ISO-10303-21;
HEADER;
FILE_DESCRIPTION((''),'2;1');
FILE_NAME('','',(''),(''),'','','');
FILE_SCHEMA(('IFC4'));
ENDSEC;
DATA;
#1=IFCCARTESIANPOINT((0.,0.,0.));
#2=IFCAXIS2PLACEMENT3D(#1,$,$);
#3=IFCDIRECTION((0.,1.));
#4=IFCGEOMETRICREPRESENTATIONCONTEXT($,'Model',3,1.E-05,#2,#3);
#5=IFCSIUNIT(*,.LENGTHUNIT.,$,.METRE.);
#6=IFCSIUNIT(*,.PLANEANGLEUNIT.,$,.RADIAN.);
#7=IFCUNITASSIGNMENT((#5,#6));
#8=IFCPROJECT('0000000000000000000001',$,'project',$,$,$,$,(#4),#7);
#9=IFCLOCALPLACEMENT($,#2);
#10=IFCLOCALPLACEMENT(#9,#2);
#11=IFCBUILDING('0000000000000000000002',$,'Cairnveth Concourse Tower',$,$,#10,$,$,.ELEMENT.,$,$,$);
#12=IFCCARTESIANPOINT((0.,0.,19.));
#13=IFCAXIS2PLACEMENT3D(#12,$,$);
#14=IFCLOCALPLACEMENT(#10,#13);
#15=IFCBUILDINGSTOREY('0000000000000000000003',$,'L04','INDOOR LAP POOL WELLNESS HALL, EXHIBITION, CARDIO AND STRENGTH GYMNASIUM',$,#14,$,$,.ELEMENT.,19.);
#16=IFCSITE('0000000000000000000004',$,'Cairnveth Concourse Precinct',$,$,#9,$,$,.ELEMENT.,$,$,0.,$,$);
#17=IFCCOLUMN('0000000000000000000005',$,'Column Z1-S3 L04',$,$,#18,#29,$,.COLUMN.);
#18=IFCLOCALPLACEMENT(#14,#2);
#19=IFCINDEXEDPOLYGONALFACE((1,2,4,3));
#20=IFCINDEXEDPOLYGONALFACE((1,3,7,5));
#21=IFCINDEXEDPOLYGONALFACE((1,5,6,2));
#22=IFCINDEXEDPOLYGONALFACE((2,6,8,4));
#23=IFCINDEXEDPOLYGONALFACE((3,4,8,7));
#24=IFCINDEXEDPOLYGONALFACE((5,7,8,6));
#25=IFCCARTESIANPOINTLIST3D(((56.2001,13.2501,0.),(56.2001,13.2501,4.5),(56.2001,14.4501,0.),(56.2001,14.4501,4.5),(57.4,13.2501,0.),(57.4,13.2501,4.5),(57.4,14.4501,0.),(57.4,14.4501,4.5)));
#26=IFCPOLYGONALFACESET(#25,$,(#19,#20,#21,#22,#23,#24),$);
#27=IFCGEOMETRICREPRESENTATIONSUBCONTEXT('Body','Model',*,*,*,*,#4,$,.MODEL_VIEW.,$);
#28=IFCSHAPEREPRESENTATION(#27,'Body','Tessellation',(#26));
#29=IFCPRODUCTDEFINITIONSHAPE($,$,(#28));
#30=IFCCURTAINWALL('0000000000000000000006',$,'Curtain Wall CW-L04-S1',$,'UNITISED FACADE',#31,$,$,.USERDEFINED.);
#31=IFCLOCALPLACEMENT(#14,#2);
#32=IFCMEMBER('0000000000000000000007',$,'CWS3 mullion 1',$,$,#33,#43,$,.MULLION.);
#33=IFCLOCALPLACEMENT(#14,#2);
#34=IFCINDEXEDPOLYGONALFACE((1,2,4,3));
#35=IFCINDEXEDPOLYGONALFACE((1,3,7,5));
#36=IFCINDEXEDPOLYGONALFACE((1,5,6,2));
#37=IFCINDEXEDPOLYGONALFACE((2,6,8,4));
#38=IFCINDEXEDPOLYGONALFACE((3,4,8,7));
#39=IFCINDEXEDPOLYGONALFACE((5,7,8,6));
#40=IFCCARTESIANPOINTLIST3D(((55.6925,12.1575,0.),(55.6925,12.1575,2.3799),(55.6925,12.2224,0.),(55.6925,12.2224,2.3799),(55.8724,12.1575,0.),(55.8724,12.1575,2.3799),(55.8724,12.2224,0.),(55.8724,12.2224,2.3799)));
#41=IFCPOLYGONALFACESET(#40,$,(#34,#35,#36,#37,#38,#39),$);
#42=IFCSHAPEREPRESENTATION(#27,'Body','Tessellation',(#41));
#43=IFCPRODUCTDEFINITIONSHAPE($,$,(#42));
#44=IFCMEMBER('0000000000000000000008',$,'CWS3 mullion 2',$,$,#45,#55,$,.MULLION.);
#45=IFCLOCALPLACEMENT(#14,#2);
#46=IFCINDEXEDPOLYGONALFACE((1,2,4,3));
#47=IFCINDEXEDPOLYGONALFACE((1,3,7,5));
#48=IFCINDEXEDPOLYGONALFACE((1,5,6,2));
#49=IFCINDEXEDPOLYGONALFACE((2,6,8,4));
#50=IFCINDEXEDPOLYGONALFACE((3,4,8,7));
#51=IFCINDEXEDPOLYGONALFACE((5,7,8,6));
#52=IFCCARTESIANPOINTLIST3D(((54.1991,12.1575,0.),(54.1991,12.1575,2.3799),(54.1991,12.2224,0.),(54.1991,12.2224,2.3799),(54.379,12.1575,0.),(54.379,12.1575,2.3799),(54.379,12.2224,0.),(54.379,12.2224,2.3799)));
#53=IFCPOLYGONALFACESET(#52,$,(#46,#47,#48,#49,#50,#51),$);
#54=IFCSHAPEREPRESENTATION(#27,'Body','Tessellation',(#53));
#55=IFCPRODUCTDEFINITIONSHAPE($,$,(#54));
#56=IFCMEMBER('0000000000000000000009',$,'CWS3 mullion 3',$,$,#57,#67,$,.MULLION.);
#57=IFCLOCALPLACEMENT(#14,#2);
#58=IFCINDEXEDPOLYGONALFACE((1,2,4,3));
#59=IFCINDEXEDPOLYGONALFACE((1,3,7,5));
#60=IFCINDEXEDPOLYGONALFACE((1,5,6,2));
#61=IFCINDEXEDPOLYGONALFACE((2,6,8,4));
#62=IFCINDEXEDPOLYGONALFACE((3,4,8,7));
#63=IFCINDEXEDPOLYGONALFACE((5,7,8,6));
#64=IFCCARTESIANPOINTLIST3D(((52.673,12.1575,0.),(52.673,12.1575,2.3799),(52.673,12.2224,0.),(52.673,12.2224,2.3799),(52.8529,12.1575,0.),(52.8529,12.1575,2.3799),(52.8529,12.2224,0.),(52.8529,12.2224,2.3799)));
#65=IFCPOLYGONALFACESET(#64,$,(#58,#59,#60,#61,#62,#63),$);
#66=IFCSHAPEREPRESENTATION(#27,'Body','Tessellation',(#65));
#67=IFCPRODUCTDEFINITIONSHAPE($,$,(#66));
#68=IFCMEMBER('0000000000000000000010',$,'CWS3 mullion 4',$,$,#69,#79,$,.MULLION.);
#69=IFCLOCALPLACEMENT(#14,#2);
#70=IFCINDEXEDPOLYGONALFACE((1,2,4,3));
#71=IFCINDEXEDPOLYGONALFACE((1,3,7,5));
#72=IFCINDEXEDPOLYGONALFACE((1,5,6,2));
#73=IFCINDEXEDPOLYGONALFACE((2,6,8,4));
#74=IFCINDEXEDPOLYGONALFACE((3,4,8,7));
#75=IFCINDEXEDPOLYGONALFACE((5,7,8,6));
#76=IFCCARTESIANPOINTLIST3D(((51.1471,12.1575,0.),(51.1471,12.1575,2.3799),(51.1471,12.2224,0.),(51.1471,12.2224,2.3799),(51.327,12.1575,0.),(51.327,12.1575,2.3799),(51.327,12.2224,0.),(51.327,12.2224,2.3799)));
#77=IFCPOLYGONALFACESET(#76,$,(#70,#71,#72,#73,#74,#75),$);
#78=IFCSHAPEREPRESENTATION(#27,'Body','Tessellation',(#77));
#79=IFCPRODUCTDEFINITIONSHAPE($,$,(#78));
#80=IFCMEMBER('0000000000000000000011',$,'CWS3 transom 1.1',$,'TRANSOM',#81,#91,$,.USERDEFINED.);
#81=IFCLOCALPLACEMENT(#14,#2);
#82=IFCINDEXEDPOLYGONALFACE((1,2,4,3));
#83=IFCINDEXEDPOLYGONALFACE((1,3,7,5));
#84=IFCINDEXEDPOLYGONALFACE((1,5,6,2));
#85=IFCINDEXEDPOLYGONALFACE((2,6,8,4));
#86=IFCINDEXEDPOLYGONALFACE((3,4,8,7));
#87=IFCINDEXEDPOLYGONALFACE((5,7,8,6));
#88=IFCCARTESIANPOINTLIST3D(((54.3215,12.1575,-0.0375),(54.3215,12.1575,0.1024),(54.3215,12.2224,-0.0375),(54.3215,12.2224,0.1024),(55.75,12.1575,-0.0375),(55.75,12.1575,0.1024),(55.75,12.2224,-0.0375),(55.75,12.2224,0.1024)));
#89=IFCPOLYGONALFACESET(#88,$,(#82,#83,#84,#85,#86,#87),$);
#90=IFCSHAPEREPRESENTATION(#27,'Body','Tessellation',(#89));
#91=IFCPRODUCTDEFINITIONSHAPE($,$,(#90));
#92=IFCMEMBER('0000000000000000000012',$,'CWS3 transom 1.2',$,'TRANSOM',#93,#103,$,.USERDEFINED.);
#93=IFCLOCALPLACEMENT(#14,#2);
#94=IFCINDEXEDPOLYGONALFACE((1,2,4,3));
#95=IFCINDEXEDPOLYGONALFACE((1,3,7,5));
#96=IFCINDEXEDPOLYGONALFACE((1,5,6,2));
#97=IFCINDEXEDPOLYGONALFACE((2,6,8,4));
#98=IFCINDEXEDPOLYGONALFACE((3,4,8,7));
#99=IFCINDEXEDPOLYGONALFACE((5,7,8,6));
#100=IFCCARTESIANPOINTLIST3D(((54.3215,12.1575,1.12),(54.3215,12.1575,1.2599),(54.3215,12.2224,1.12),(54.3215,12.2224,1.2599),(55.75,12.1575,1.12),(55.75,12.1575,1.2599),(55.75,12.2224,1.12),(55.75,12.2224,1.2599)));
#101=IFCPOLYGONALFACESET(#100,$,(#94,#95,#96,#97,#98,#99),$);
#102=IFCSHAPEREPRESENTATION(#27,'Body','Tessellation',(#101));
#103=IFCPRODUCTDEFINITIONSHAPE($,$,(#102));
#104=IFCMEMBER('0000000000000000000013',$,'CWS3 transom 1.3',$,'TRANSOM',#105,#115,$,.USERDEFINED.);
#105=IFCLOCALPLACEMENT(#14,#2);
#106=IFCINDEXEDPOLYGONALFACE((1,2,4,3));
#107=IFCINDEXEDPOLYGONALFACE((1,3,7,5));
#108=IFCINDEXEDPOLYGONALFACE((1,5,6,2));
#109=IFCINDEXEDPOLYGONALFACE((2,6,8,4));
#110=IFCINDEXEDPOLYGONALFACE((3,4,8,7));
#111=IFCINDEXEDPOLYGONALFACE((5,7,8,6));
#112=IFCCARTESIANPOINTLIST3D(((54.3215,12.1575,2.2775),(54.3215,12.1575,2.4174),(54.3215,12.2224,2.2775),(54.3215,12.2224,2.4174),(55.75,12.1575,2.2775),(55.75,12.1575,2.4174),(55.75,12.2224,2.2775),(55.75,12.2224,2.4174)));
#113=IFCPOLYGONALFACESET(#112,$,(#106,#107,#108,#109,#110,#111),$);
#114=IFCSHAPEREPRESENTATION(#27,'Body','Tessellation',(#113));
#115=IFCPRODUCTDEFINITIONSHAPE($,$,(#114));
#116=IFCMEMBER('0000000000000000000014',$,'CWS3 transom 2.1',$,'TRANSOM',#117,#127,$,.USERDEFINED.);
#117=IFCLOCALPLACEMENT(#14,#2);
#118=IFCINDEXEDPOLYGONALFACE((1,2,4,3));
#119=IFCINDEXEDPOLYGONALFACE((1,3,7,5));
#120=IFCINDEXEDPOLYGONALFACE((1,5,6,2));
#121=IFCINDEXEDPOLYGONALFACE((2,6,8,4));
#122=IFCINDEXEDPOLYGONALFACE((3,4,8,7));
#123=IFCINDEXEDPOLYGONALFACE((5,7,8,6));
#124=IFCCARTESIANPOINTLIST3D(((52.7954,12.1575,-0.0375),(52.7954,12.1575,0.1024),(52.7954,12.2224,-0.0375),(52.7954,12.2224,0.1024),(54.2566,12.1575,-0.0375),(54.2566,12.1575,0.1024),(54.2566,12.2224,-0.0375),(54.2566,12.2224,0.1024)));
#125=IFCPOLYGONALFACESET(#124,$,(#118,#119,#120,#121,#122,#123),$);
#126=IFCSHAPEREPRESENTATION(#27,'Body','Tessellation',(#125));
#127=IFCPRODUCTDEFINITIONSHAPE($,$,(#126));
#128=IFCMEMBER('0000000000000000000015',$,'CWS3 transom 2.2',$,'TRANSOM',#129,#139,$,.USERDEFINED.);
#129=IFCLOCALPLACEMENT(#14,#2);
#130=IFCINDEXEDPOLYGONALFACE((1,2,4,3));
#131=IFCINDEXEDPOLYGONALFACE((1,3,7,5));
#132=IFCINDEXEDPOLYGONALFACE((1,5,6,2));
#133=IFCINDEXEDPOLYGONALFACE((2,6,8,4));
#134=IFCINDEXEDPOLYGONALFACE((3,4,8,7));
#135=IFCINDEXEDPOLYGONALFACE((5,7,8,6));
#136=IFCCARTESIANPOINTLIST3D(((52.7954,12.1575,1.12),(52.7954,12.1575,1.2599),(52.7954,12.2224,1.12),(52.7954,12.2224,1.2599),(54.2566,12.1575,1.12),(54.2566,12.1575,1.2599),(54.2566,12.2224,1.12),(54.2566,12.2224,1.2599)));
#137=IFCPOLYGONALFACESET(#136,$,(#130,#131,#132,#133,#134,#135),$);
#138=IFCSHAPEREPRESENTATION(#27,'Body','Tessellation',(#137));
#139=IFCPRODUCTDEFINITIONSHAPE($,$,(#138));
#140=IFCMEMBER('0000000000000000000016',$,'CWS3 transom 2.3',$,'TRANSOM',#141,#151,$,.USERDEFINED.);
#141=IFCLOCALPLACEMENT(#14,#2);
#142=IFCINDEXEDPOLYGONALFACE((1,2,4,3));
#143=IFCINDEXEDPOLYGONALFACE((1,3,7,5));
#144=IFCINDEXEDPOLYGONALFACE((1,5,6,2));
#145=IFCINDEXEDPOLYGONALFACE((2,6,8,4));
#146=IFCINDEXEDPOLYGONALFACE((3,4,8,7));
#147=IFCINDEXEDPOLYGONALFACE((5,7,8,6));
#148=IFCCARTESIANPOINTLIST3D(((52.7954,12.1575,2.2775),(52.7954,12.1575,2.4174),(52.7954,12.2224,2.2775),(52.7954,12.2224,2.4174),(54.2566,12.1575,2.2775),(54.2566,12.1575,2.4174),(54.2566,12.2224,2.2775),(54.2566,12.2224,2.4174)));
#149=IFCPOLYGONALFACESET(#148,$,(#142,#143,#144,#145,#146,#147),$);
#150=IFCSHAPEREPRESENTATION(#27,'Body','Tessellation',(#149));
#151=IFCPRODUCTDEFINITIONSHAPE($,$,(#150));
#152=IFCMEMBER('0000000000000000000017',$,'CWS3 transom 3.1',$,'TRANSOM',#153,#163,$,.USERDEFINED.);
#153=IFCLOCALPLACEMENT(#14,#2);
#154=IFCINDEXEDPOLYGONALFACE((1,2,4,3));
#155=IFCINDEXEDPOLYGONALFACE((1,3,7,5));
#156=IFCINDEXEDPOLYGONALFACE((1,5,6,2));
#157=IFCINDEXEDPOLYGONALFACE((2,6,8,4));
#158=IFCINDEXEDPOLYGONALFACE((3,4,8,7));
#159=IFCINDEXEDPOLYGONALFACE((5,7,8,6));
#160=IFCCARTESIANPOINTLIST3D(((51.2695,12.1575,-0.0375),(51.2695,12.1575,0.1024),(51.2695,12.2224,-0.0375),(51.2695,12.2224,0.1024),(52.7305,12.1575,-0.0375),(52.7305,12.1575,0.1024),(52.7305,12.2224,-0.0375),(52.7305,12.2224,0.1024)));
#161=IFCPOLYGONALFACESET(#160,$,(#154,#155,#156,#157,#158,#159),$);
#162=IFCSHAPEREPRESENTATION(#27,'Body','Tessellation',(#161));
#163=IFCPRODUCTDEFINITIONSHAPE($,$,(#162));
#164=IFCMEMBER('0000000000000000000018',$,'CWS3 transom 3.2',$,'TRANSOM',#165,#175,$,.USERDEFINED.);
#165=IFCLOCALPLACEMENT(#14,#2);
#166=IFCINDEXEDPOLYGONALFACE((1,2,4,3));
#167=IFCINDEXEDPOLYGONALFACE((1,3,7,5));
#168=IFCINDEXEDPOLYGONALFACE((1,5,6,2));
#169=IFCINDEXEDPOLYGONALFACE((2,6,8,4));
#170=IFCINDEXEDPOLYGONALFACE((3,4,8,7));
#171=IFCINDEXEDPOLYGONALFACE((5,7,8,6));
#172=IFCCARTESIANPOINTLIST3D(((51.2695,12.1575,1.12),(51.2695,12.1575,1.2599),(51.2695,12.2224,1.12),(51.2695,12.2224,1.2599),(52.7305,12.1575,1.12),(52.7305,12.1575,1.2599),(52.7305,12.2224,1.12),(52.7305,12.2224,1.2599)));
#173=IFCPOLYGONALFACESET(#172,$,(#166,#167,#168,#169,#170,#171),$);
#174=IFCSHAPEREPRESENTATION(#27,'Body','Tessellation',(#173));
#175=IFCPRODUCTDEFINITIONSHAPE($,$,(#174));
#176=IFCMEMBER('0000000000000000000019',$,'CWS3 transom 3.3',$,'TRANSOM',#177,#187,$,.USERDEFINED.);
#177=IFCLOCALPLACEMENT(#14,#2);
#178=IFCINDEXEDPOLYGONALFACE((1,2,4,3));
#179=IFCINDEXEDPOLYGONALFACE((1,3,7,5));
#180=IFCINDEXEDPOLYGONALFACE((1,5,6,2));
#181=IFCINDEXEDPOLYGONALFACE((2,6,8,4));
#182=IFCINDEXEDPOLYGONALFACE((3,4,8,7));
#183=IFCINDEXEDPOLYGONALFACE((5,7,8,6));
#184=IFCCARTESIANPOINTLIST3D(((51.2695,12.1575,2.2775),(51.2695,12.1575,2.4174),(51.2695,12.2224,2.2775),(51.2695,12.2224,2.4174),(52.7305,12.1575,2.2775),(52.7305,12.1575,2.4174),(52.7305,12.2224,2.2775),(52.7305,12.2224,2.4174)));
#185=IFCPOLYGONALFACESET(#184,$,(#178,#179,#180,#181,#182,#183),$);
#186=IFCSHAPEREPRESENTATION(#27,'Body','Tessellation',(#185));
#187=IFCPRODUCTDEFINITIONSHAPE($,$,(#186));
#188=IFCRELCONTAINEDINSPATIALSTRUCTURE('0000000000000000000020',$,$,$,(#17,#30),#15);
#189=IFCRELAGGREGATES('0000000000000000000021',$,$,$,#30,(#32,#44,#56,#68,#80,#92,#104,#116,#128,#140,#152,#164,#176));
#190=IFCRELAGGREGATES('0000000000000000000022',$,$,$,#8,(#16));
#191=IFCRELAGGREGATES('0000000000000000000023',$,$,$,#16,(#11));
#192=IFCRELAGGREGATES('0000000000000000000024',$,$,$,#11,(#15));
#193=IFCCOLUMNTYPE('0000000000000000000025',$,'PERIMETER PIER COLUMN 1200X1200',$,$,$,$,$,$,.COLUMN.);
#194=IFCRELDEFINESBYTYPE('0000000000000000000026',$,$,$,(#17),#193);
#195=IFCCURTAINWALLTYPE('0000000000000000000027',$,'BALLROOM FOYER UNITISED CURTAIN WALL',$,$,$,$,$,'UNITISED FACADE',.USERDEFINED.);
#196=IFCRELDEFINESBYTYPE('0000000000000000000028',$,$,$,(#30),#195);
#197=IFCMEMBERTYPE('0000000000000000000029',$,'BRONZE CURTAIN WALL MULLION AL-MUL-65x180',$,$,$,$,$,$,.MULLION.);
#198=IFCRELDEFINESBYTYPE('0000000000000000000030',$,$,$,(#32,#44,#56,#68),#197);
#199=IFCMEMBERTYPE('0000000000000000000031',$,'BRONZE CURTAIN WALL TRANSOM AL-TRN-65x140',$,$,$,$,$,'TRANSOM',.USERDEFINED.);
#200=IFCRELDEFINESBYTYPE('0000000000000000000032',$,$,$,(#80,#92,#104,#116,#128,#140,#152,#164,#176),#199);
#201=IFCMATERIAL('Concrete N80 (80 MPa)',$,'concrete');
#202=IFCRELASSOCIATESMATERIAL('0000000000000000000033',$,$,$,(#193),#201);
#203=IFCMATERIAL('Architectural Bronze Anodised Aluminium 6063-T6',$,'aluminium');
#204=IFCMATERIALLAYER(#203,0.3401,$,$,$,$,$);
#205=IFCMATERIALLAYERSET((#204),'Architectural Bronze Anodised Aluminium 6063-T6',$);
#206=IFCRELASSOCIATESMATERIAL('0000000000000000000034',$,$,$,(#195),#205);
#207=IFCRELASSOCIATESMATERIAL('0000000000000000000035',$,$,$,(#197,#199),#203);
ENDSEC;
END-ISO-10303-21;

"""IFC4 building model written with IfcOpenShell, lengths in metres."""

from ifc_helpers import new_model, si_unit, direction, frame, origin, origin_2d, place, context, subcontext, project, spatial, rectangle, extrude, material, layer, layer_set, material_profile, profile_set, type_object, element, aggregate, save


model = new_model("IFC4")

# Units and contexts
model_context = context("Model", 3, precision=1e-05, world=origin(), true_north=direction((0.0, 1.0)))
body_context = subcontext(model_context, "Body", "Model", "MODEL_VIEW")
ifc_project = project(units=[si_unit("LENGTHUNIT", "METRE"), si_unit("PLANEANGLEUNIT", "RADIAN")], contexts=[model_context])

# Site, building, storey
site_placement = place(None, origin())
site = spatial("IfcSite", under=ifc_project, at=site_placement, Name="Cairnveth Concourse Precinct", CompositionType="ELEMENT", RefElevation=0.0)
building_placement = place(site_placement, origin())
building = spatial("IfcBuilding", under=site, at=building_placement, Name="Cairnveth Concourse Tower", CompositionType="ELEMENT")
storey_placement = place(building_placement, frame((0.0, 0.0, 19.0)))
storey = spatial("IfcBuildingStorey", under=building, at=storey_placement, Name="L04", Description="INDOOR LAP POOL WELLNESS HALL, EXHIBITION, CARDIO AND STRENGTH GYMNASIUM", CompositionType="ELEMENT", Elevation=19.0)

# Column
ifc_material_1 = material(Name="Concrete N80 (80 MPa)", Category="concrete")
ifc_material_profile_1 = material_profile(ifc_material_1, rectangle(XDim=1.2, YDim=1.2, at=origin_2d()), Name="RC-COL-1200x1200")
ifc_profile_set_1 = profile_set([ifc_material_profile_1], Name="Concrete N80 (80 MPa)")
column_type = type_object("IfcColumnType", Name="PERIMETER PIER COLUMN 1200X1200", PredefinedType="COLUMN", material=ifc_profile_set_1)
column_placement = place(storey_placement, frame((56.8, 13.8501, 0.0), z_axis=(0.0, 0.0, 1.0), x_axis=(1.0, 0.0, 0.0)))
element("IfcColumn", 1, at=column_placement, inside=storey, type_object=column_type, Name="Column Z1-S3 L04", PredefinedType="COLUMN", context=body_context, shape_type="SweptSolid", body=[
    extrude(rectangle(XDim=1.2, YDim=1.2, at=origin_2d()), origin(), (0.0, 0.0, 1.0), 4.5),
])

# Curtain wall, members
ifc_material_2 = material(Name="Architectural Bronze Anodised Aluminium 6063-T6", Category="aluminium")
ifc_layer_1 = layer(ifc_material_2, 0.3401)
ifc_layer_set_1 = layer_set([ifc_layer_1], Name="Architectural Bronze Anodised Aluminium 6063-T6")
curtain_wall_type = type_object("IfcCurtainWallType", Name="BALLROOM FOYER UNITISED CURTAIN WALL", ElementType="UNITISED FACADE", PredefinedType="USERDEFINED", material=ifc_layer_set_1)
curtain_wall_placement = place(storey_placement, origin())
curtain_wall = element("IfcCurtainWall", 2, at=curtain_wall_placement, inside=storey, type_object=curtain_wall_type, Name="Curtain Wall CW-L04-S1", ObjectType="UNITISED FACADE", PredefinedType="USERDEFINED")
ifc_material_profile_2 = material_profile(ifc_material_2, rectangle(XDim=0.0649, YDim=0.1799, at=origin_2d()), Name="AL-MUL-65x180")
ifc_profile_set_2 = profile_set([ifc_material_profile_2], Name="Architectural Bronze Anodised Aluminium 6063-T6")
member_type_1 = type_object("IfcMemberType", Name="BRONZE CURTAIN WALL MULLION AL-MUL-65x180", PredefinedType="MULLION", material=ifc_profile_set_2)
member_1_placement = place(storey_placement, frame((55.7825, 12.1899, 0.0), z_axis=(0.0, 0.0, 1.0), x_axis=(0.0, -1.0, 0.0)))
member_1 = element("IfcMember", 3, at=member_1_placement, type_object=member_type_1, Name="CWS3 mullion 1", PredefinedType="MULLION", context=body_context, shape_type="SweptSolid", body=[
    extrude(rectangle(XDim=0.0649, YDim=0.1799, at=origin_2d()), origin(), (0.0, 0.0, 1.0), 2.3799),
])
member_2_placement = place(storey_placement, frame((54.2891, 12.1899, 0.0), z_axis=(0.0, 0.0, 1.0), x_axis=(0.0, -1.0, 0.0)))
member_2 = element("IfcMember", 4, at=member_2_placement, type_object=member_type_1, Name="CWS3 mullion 2", PredefinedType="MULLION", context=body_context, shape_type="SweptSolid", body=[
    extrude(rectangle(XDim=0.0649, YDim=0.1799, at=origin_2d()), origin(), (0.0, 0.0, 1.0), 2.3799),
])
member_3_placement = place(storey_placement, frame((52.7629, 12.1899, 0.0), z_axis=(0.0, 0.0, 1.0), x_axis=(0.0, -1.0, 0.0)))
member_3 = element("IfcMember", 5, at=member_3_placement, type_object=member_type_1, Name="CWS3 mullion 3", PredefinedType="MULLION", context=body_context, shape_type="SweptSolid", body=[
    extrude(rectangle(XDim=0.0649, YDim=0.1799, at=origin_2d()), origin(), (0.0, 0.0, 1.0), 2.3799),
])
member_4_placement = place(storey_placement, frame((51.2371, 12.1899, 0.0), z_axis=(0.0, 0.0, 1.0), x_axis=(0.0, -1.0, 0.0)))
member_4 = element("IfcMember", 6, at=member_4_placement, type_object=member_type_1, Name="CWS3 mullion 4", PredefinedType="MULLION", context=body_context, shape_type="SweptSolid", body=[
    extrude(rectangle(XDim=0.0649, YDim=0.1799, at=origin_2d()), origin(), (0.0, 0.0, 1.0), 2.3799),
])
ifc_material_profile_3 = material_profile(ifc_material_2, rectangle(XDim=0.0649, YDim=0.1399, at=origin_2d()), Name="AL-TRN-65x140")
ifc_profile_set_3 = profile_set([ifc_material_profile_3], Name="Architectural Bronze Anodised Aluminium 6063-T6")
member_type_2 = type_object("IfcMemberType", Name="BRONZE CURTAIN WALL TRANSOM AL-TRN-65x140", ElementType="TRANSOM", PredefinedType="USERDEFINED", material=ifc_profile_set_3)
member_5_placement = place(storey_placement, frame((55.75, 12.1899, 0.0325), z_axis=(-1.0, 0.0, 0.0), x_axis=(0.0, -1.0, 0.0)))
member_5 = element("IfcMember", 7, at=member_5_placement, type_object=member_type_2, Name="CWS3 transom 1.1", ObjectType="TRANSOM", PredefinedType="USERDEFINED", context=body_context, shape_type="SweptSolid", body=[
    extrude(rectangle(XDim=0.0649, YDim=0.1399, at=origin_2d()), origin(), (0.0, 0.0, 1.0), 1.4285),
])
member_6_placement = place(storey_placement, frame((55.75, 12.1899, 1.1899), z_axis=(-1.0, 0.0, 0.0), x_axis=(0.0, -1.0, 0.0)))
member_6 = element("IfcMember", 8, at=member_6_placement, type_object=member_type_2, Name="CWS3 transom 1.2", ObjectType="TRANSOM", PredefinedType="USERDEFINED", context=body_context, shape_type="SweptSolid", body=[
    extrude(rectangle(XDim=0.0649, YDim=0.1399, at=origin_2d()), origin(), (0.0, 0.0, 1.0), 1.4285),
])
member_7_placement = place(storey_placement, frame((55.75, 12.1899, 2.3474), z_axis=(-1.0, 0.0, 0.0), x_axis=(0.0, -1.0, 0.0)))
member_7 = element("IfcMember", 9, at=member_7_placement, type_object=member_type_2, Name="CWS3 transom 1.3", ObjectType="TRANSOM", PredefinedType="USERDEFINED", context=body_context, shape_type="SweptSolid", body=[
    extrude(rectangle(XDim=0.0649, YDim=0.1399, at=origin_2d()), origin(), (0.0, 0.0, 1.0), 1.4285),
])
member_8_placement = place(storey_placement, frame((54.2566, 12.1899, 0.0325), z_axis=(-1.0, 0.0, 0.0), x_axis=(0.0, -1.0, 0.0)))
member_8 = element("IfcMember", 10, at=member_8_placement, type_object=member_type_2, Name="CWS3 transom 2.1", ObjectType="TRANSOM", PredefinedType="USERDEFINED", context=body_context, shape_type="SweptSolid", body=[
    extrude(rectangle(XDim=0.0649, YDim=0.1399, at=origin_2d()), origin(), (0.0, 0.0, 1.0), 1.4612),
])
member_9_placement = place(storey_placement, frame((54.2566, 12.1899, 1.1899), z_axis=(-1.0, 0.0, 0.0), x_axis=(0.0, -1.0, 0.0)))
member_9 = element("IfcMember", 11, at=member_9_placement, type_object=member_type_2, Name="CWS3 transom 2.2", ObjectType="TRANSOM", PredefinedType="USERDEFINED", context=body_context, shape_type="SweptSolid", body=[
    extrude(rectangle(XDim=0.0649, YDim=0.1399, at=origin_2d()), origin(), (0.0, 0.0, 1.0), 1.4612),
])
member_10_placement = place(storey_placement, frame((54.2566, 12.1899, 2.3474), z_axis=(-1.0, 0.0, 0.0), x_axis=(0.0, -1.0, 0.0)))
member_10 = element("IfcMember", 12, at=member_10_placement, type_object=member_type_2, Name="CWS3 transom 2.3", ObjectType="TRANSOM", PredefinedType="USERDEFINED", context=body_context, shape_type="SweptSolid", body=[
    extrude(rectangle(XDim=0.0649, YDim=0.1399, at=origin_2d()), origin(), (0.0, 0.0, 1.0), 1.4612),
])
member_11_placement = place(storey_placement, frame((52.7305, 12.1899, 0.0325), z_axis=(-1.0, 0.0, 0.0), x_axis=(0.0, -1.0, 0.0)))
member_11 = element("IfcMember", 13, at=member_11_placement, type_object=member_type_2, Name="CWS3 transom 3.1", ObjectType="TRANSOM", PredefinedType="USERDEFINED", context=body_context, shape_type="SweptSolid", body=[
    extrude(rectangle(XDim=0.0649, YDim=0.1399, at=origin_2d()), origin(), (0.0, 0.0, 1.0), 1.4609),
])
member_12_placement = place(storey_placement, frame((52.7305, 12.1899, 1.1899), z_axis=(-1.0, 0.0, 0.0), x_axis=(0.0, -1.0, 0.0)))
member_12 = element("IfcMember", 14, at=member_12_placement, type_object=member_type_2, Name="CWS3 transom 3.2", ObjectType="TRANSOM", PredefinedType="USERDEFINED", context=body_context, shape_type="SweptSolid", body=[
    extrude(rectangle(XDim=0.0649, YDim=0.1399, at=origin_2d()), origin(), (0.0, 0.0, 1.0), 1.4609),
])
member_13_placement = place(storey_placement, frame((52.7305, 12.1899, 2.3474), z_axis=(-1.0, 0.0, 0.0), x_axis=(0.0, -1.0, 0.0)))
member_13 = element("IfcMember", 15, at=member_13_placement, type_object=member_type_2, Name="CWS3 transom 3.3", ObjectType="TRANSOM", PredefinedType="USERDEFINED", context=body_context, shape_type="SweptSolid", body=[
    extrude(rectangle(XDim=0.0649, YDim=0.1399, at=origin_2d()), origin(), (0.0, 0.0, 1.0), 1.4609),
])
aggregate(curtain_wall, [member_1, member_2, member_3, member_4, member_5, member_6, member_7, member_8, member_9, member_10, member_11, member_12, member_13])

save(model, "model.ifc")
